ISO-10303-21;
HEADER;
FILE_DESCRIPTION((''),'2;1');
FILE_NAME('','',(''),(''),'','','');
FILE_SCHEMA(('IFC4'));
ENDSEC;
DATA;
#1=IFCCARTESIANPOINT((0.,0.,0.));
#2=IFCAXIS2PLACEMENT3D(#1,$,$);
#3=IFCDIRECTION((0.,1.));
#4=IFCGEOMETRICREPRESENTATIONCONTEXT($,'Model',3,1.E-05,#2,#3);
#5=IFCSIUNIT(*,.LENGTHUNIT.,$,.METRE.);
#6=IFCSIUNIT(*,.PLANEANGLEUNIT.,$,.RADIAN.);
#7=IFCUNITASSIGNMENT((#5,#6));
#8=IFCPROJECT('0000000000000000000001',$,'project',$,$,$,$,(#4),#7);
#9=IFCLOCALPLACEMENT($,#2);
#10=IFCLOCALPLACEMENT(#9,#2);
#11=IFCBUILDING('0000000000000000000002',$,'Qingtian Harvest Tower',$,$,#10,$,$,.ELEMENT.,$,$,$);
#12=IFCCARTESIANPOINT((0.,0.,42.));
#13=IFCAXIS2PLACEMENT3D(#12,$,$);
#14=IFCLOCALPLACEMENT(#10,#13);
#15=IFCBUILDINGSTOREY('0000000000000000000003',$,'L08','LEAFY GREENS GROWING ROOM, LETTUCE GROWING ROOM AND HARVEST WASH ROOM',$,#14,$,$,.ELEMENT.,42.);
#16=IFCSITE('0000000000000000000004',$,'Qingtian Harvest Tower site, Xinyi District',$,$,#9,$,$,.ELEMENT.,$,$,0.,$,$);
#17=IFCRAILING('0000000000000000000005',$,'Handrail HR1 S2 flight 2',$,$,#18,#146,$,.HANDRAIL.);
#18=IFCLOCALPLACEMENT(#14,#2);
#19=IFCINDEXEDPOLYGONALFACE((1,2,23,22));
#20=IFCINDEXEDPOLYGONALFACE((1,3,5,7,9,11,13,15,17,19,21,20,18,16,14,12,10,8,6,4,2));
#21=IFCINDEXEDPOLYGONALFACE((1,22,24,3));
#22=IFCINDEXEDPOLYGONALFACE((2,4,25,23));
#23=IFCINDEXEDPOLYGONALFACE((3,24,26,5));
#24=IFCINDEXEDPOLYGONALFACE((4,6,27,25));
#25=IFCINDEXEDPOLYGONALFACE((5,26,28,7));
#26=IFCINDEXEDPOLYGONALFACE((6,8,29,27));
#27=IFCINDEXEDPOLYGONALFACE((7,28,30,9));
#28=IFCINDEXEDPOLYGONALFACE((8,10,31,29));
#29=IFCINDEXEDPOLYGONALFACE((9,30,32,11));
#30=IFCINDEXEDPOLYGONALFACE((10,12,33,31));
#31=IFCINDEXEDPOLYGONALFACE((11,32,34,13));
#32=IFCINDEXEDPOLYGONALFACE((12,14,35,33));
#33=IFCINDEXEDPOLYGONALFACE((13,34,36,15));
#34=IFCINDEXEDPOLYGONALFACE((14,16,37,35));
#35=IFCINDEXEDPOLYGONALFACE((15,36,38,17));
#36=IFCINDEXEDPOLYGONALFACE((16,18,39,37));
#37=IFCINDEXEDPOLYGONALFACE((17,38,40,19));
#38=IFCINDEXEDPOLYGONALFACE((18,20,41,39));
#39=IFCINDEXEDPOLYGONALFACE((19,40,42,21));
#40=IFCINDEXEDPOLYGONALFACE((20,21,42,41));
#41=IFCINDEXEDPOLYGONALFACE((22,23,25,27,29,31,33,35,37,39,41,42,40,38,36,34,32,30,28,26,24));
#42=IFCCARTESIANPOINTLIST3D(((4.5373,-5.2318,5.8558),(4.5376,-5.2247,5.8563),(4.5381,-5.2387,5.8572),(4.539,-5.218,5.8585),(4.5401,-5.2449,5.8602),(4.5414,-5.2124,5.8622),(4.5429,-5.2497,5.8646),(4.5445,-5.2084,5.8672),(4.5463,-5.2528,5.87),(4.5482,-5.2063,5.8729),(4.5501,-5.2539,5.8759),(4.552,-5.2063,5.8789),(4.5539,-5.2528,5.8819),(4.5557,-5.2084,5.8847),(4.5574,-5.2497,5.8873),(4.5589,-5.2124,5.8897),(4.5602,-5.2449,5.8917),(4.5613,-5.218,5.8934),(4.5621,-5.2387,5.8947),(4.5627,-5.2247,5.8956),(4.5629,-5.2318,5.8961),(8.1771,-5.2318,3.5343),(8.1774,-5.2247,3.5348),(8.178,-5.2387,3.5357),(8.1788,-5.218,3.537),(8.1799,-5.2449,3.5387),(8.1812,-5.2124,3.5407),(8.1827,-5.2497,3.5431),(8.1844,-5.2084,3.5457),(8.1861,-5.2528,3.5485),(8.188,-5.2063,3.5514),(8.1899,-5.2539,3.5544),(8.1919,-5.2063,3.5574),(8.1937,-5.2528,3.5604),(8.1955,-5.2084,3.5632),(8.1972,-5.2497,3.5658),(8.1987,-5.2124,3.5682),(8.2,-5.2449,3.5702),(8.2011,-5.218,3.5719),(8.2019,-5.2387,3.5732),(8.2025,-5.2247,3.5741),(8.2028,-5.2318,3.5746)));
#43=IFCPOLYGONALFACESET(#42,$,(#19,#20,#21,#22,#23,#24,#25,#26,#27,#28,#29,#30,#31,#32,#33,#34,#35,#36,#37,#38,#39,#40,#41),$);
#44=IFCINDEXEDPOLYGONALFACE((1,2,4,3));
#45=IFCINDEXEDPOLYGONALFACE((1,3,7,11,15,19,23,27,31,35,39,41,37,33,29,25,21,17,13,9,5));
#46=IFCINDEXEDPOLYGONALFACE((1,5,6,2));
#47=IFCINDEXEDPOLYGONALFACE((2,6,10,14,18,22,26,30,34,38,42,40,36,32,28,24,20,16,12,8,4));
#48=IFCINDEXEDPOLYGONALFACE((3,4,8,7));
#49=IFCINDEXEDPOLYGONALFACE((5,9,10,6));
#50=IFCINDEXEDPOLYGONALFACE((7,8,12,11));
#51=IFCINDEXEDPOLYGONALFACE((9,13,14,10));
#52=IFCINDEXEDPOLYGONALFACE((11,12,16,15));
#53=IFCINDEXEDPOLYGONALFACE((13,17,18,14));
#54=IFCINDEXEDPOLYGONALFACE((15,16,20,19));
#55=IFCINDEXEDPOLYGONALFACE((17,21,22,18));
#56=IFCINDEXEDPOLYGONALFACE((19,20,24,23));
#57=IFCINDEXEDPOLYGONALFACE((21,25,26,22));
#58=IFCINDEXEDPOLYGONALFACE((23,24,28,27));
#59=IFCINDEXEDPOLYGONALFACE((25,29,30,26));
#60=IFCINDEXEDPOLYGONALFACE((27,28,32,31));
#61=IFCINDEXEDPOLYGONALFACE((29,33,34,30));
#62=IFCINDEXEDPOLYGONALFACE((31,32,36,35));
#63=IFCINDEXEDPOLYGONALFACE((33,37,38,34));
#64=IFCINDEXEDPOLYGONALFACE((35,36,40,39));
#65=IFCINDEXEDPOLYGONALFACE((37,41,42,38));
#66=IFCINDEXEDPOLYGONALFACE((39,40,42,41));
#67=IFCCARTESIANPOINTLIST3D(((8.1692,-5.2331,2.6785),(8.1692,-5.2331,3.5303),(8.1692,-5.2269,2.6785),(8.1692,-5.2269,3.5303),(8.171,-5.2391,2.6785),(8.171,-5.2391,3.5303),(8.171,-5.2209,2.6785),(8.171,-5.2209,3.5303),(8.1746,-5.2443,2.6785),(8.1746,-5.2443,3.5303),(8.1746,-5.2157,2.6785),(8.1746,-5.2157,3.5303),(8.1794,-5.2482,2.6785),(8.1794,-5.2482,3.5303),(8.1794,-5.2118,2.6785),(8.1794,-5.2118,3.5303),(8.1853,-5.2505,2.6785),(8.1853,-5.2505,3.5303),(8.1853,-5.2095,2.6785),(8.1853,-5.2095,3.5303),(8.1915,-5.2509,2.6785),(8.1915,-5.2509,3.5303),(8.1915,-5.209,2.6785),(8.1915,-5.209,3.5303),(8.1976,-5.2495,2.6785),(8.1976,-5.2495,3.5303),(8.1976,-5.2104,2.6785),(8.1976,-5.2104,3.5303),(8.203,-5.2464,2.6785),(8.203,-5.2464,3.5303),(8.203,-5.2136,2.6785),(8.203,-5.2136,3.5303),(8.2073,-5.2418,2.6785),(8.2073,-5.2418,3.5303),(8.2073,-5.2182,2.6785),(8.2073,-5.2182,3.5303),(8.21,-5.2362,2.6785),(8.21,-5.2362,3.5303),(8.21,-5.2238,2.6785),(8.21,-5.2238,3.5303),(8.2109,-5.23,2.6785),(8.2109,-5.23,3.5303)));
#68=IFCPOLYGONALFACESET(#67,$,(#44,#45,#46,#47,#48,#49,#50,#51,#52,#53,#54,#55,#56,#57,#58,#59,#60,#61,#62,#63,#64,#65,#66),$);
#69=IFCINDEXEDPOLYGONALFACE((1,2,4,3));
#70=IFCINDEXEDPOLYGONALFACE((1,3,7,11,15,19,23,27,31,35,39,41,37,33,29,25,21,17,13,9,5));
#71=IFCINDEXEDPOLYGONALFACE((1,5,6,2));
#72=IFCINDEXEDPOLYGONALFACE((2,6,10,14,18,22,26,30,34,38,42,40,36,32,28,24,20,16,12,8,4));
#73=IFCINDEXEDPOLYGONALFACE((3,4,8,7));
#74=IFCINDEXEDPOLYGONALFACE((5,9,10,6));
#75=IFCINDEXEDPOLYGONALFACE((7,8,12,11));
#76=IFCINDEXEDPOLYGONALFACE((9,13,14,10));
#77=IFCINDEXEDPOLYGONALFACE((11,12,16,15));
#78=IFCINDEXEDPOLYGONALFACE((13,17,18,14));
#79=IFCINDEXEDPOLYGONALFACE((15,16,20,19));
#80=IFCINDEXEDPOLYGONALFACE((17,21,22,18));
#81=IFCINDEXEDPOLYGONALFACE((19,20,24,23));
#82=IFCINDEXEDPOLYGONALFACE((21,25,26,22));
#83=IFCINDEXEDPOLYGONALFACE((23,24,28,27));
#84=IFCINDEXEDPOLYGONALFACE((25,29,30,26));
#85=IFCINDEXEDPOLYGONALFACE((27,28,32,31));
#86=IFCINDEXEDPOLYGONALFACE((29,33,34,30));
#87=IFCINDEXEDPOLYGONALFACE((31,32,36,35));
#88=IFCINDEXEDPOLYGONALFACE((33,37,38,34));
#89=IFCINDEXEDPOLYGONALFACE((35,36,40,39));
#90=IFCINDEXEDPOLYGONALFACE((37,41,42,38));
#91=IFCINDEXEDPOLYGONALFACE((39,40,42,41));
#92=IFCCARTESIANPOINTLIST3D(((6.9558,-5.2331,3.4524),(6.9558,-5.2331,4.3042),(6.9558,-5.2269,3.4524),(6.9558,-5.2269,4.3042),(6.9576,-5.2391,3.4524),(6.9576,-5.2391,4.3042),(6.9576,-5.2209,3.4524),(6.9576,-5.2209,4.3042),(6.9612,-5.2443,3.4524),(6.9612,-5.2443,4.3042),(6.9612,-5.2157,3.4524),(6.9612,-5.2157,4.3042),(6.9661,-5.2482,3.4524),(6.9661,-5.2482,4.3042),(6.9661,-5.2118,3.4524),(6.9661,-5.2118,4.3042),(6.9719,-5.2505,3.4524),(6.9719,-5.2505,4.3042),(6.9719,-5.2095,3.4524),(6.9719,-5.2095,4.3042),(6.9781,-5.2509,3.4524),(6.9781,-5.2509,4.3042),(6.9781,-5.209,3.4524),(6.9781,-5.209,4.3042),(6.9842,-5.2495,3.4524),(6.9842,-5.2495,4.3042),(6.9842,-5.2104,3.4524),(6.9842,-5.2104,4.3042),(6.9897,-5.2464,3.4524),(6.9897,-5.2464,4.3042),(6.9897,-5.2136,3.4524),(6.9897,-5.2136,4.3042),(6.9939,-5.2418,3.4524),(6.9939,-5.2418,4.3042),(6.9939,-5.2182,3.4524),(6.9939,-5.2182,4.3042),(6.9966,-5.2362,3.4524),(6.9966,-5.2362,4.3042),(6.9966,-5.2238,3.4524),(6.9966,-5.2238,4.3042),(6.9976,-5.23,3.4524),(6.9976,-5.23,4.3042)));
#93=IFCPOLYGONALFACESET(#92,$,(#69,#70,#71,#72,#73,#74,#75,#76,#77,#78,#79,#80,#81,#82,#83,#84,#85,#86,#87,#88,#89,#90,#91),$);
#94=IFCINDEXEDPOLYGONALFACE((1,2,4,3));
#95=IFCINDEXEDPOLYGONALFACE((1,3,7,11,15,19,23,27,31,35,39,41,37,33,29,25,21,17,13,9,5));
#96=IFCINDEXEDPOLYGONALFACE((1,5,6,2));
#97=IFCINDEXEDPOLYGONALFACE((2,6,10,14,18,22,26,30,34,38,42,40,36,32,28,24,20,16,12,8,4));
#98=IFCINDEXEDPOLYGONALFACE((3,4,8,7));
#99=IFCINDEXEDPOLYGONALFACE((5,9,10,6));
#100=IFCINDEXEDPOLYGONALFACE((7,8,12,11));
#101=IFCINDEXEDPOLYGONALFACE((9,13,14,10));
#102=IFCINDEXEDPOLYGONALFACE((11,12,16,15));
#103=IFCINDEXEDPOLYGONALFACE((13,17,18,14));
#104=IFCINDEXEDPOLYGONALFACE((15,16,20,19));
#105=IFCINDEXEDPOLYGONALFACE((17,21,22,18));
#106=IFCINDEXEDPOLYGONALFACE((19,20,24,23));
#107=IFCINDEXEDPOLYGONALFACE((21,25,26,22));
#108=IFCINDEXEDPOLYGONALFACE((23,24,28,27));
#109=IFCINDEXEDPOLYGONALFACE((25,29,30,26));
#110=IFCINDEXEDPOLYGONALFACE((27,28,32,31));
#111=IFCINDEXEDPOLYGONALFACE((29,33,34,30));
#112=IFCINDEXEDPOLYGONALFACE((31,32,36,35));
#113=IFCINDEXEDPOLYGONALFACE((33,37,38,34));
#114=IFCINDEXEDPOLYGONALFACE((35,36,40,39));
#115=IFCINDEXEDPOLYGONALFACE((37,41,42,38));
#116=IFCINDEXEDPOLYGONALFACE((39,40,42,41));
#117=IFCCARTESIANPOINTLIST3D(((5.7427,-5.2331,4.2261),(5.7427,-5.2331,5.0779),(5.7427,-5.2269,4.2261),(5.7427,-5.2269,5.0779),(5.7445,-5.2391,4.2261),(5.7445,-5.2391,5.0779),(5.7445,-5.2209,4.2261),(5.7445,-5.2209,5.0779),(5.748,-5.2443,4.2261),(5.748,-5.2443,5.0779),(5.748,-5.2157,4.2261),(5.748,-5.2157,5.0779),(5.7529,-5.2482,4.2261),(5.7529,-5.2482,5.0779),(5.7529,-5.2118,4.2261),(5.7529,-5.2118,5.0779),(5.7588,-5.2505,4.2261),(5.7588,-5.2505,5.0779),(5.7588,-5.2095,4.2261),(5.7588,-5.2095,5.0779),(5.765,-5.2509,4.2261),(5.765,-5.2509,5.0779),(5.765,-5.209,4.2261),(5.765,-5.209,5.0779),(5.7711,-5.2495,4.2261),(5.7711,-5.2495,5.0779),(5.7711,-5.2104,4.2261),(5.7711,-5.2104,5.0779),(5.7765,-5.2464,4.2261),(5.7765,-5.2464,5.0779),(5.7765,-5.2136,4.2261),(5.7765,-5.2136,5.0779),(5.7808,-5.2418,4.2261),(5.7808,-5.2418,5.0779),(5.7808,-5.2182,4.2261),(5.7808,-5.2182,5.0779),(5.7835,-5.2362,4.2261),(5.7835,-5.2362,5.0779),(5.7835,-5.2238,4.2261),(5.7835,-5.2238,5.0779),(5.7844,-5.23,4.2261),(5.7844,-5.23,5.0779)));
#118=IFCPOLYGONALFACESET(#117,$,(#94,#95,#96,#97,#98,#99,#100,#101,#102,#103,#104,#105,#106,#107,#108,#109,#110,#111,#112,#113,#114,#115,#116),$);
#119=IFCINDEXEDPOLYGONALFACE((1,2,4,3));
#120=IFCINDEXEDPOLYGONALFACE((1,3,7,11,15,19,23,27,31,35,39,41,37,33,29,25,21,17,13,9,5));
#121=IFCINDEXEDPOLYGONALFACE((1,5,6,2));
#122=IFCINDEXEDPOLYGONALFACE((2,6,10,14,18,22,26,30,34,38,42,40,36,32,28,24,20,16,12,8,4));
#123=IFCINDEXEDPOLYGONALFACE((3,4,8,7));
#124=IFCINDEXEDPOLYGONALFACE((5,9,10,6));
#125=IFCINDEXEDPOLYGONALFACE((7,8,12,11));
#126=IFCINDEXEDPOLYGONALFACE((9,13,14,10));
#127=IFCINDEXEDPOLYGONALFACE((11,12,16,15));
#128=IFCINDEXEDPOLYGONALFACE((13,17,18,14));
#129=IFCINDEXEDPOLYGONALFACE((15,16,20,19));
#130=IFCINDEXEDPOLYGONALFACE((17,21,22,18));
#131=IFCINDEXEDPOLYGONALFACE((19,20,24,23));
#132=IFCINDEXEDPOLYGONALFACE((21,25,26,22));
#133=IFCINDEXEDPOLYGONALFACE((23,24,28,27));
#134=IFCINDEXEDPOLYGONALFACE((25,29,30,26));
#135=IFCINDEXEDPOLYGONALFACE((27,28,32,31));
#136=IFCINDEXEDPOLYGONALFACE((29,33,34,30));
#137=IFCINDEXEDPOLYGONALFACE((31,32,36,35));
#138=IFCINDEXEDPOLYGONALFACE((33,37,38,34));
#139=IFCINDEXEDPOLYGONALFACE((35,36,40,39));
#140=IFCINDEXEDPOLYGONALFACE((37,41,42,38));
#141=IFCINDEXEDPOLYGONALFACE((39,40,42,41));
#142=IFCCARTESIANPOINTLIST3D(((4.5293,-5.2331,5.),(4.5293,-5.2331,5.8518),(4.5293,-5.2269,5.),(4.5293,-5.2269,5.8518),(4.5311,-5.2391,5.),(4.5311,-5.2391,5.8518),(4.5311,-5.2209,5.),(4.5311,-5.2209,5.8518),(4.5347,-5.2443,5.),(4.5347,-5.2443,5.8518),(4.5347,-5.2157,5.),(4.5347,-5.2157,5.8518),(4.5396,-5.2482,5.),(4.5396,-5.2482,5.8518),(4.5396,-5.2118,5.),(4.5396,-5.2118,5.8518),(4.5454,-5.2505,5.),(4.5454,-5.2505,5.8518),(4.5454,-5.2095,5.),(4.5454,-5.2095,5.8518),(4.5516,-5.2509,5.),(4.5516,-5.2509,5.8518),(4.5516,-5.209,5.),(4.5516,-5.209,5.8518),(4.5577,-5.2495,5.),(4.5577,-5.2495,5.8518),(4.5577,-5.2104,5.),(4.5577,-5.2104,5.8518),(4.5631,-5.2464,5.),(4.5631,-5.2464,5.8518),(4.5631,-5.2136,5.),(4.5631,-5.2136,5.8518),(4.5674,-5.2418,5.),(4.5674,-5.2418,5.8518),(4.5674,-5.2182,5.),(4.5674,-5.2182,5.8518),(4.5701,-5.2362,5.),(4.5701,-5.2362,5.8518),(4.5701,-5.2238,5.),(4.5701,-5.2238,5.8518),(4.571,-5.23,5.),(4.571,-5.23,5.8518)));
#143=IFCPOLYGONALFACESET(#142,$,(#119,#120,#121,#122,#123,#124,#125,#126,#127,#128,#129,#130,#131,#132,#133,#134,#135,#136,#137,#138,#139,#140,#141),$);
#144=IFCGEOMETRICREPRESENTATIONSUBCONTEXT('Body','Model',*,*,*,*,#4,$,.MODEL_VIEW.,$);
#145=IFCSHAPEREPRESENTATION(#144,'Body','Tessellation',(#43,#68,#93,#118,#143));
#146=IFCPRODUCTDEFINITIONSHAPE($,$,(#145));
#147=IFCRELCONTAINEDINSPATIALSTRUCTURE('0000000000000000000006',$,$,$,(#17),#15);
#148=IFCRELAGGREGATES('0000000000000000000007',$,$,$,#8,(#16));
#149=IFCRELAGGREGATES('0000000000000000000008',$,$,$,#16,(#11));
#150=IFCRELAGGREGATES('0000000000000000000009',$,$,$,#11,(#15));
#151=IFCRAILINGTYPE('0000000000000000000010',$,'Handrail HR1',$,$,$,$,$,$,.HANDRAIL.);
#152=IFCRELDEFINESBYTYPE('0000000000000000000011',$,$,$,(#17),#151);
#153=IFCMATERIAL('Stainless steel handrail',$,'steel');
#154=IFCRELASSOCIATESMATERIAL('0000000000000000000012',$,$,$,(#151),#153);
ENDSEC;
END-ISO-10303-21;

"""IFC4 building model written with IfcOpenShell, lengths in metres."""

from ifc_helpers import new_model, si_unit, direction, frame, origin, origin_2d, place, context, subcontext, project, spatial, circle, extrude, material, type_object, element, save


model = new_model("IFC4")

# Units and contexts
model_context = context("Model", 3, precision=1e-05, world=origin(), true_north=direction((0.0, 1.0)))
body_context = subcontext(model_context, "Body", "Model", "MODEL_VIEW")
ifc_project = project(units=[si_unit("LENGTHUNIT", "METRE"), si_unit("PLANEANGLEUNIT", "RADIAN")], contexts=[model_context])

# Site, building, storey
site_placement = place(None, origin())
site = spatial("IfcSite", under=ifc_project, at=site_placement, Name="Qingtian Harvest Tower site, Xinyi District", CompositionType="ELEMENT", RefElevation=0.0)
building_placement = place(site_placement, origin())
building = spatial("IfcBuilding", under=site, at=building_placement, Name="Qingtian Harvest Tower", CompositionType="ELEMENT")
storey_placement = place(building_placement, frame((0.0, 0.0, 42.0)))
storey = spatial("IfcBuildingStorey", under=building, at=storey_placement, Name="L08", Description="LEAFY GREENS GROWING ROOM, LETTUCE GROWING ROOM AND HARVEST WASH ROOM", CompositionType="ELEMENT", Elevation=42.0)

# Railing
ifc_material_1 = material(Name="Stainless steel handrail", Category="steel")
railing_type = type_object("IfcRailingType", Name="Handrail HR1", PredefinedType="HANDRAIL", material=ifc_material_1)
railing_1_placement = place(storey_placement, frame((8.1899, -5.23, 2.6785)))
element("IfcRailing", 1, at=railing_1_placement, inside=storey, type_object=railing_type, Name="Handrail HR1 S2 flight 2", PredefinedType="HANDRAIL", context=body_context, shape_type="SweptSolid", body=[
    extrude(circle(Radius=0.0239, at=origin_2d()), frame((0.0, 0.0, 0.876), z_axis=(-0.843112, 0.0, 0.537739), x_axis=(0.0, -1.0, 0.0)), (0.0, 0.0, 1.0), 4.3171),
    extrude(circle(Radius=0.021, at=origin_2d()), origin(), (0.0, 0.0, 1.0), 0.8518),
    extrude(circle(Radius=0.021, at=origin_2d()), frame((-1.2134, 0.0, 0.7739)), (0.0, 0.0, 1.0), 0.8518),
    extrude(circle(Radius=0.021, at=origin_2d()), frame((-2.4265, 0.0, 1.5476)), (0.0, 0.0, 1.0), 0.8518),
    extrude(circle(Radius=0.021, at=origin_2d()), frame((-3.6399, 0.0, 2.3215)), (0.0, 0.0, 1.0), 0.8518),
])

save(model, "model.ifc")
